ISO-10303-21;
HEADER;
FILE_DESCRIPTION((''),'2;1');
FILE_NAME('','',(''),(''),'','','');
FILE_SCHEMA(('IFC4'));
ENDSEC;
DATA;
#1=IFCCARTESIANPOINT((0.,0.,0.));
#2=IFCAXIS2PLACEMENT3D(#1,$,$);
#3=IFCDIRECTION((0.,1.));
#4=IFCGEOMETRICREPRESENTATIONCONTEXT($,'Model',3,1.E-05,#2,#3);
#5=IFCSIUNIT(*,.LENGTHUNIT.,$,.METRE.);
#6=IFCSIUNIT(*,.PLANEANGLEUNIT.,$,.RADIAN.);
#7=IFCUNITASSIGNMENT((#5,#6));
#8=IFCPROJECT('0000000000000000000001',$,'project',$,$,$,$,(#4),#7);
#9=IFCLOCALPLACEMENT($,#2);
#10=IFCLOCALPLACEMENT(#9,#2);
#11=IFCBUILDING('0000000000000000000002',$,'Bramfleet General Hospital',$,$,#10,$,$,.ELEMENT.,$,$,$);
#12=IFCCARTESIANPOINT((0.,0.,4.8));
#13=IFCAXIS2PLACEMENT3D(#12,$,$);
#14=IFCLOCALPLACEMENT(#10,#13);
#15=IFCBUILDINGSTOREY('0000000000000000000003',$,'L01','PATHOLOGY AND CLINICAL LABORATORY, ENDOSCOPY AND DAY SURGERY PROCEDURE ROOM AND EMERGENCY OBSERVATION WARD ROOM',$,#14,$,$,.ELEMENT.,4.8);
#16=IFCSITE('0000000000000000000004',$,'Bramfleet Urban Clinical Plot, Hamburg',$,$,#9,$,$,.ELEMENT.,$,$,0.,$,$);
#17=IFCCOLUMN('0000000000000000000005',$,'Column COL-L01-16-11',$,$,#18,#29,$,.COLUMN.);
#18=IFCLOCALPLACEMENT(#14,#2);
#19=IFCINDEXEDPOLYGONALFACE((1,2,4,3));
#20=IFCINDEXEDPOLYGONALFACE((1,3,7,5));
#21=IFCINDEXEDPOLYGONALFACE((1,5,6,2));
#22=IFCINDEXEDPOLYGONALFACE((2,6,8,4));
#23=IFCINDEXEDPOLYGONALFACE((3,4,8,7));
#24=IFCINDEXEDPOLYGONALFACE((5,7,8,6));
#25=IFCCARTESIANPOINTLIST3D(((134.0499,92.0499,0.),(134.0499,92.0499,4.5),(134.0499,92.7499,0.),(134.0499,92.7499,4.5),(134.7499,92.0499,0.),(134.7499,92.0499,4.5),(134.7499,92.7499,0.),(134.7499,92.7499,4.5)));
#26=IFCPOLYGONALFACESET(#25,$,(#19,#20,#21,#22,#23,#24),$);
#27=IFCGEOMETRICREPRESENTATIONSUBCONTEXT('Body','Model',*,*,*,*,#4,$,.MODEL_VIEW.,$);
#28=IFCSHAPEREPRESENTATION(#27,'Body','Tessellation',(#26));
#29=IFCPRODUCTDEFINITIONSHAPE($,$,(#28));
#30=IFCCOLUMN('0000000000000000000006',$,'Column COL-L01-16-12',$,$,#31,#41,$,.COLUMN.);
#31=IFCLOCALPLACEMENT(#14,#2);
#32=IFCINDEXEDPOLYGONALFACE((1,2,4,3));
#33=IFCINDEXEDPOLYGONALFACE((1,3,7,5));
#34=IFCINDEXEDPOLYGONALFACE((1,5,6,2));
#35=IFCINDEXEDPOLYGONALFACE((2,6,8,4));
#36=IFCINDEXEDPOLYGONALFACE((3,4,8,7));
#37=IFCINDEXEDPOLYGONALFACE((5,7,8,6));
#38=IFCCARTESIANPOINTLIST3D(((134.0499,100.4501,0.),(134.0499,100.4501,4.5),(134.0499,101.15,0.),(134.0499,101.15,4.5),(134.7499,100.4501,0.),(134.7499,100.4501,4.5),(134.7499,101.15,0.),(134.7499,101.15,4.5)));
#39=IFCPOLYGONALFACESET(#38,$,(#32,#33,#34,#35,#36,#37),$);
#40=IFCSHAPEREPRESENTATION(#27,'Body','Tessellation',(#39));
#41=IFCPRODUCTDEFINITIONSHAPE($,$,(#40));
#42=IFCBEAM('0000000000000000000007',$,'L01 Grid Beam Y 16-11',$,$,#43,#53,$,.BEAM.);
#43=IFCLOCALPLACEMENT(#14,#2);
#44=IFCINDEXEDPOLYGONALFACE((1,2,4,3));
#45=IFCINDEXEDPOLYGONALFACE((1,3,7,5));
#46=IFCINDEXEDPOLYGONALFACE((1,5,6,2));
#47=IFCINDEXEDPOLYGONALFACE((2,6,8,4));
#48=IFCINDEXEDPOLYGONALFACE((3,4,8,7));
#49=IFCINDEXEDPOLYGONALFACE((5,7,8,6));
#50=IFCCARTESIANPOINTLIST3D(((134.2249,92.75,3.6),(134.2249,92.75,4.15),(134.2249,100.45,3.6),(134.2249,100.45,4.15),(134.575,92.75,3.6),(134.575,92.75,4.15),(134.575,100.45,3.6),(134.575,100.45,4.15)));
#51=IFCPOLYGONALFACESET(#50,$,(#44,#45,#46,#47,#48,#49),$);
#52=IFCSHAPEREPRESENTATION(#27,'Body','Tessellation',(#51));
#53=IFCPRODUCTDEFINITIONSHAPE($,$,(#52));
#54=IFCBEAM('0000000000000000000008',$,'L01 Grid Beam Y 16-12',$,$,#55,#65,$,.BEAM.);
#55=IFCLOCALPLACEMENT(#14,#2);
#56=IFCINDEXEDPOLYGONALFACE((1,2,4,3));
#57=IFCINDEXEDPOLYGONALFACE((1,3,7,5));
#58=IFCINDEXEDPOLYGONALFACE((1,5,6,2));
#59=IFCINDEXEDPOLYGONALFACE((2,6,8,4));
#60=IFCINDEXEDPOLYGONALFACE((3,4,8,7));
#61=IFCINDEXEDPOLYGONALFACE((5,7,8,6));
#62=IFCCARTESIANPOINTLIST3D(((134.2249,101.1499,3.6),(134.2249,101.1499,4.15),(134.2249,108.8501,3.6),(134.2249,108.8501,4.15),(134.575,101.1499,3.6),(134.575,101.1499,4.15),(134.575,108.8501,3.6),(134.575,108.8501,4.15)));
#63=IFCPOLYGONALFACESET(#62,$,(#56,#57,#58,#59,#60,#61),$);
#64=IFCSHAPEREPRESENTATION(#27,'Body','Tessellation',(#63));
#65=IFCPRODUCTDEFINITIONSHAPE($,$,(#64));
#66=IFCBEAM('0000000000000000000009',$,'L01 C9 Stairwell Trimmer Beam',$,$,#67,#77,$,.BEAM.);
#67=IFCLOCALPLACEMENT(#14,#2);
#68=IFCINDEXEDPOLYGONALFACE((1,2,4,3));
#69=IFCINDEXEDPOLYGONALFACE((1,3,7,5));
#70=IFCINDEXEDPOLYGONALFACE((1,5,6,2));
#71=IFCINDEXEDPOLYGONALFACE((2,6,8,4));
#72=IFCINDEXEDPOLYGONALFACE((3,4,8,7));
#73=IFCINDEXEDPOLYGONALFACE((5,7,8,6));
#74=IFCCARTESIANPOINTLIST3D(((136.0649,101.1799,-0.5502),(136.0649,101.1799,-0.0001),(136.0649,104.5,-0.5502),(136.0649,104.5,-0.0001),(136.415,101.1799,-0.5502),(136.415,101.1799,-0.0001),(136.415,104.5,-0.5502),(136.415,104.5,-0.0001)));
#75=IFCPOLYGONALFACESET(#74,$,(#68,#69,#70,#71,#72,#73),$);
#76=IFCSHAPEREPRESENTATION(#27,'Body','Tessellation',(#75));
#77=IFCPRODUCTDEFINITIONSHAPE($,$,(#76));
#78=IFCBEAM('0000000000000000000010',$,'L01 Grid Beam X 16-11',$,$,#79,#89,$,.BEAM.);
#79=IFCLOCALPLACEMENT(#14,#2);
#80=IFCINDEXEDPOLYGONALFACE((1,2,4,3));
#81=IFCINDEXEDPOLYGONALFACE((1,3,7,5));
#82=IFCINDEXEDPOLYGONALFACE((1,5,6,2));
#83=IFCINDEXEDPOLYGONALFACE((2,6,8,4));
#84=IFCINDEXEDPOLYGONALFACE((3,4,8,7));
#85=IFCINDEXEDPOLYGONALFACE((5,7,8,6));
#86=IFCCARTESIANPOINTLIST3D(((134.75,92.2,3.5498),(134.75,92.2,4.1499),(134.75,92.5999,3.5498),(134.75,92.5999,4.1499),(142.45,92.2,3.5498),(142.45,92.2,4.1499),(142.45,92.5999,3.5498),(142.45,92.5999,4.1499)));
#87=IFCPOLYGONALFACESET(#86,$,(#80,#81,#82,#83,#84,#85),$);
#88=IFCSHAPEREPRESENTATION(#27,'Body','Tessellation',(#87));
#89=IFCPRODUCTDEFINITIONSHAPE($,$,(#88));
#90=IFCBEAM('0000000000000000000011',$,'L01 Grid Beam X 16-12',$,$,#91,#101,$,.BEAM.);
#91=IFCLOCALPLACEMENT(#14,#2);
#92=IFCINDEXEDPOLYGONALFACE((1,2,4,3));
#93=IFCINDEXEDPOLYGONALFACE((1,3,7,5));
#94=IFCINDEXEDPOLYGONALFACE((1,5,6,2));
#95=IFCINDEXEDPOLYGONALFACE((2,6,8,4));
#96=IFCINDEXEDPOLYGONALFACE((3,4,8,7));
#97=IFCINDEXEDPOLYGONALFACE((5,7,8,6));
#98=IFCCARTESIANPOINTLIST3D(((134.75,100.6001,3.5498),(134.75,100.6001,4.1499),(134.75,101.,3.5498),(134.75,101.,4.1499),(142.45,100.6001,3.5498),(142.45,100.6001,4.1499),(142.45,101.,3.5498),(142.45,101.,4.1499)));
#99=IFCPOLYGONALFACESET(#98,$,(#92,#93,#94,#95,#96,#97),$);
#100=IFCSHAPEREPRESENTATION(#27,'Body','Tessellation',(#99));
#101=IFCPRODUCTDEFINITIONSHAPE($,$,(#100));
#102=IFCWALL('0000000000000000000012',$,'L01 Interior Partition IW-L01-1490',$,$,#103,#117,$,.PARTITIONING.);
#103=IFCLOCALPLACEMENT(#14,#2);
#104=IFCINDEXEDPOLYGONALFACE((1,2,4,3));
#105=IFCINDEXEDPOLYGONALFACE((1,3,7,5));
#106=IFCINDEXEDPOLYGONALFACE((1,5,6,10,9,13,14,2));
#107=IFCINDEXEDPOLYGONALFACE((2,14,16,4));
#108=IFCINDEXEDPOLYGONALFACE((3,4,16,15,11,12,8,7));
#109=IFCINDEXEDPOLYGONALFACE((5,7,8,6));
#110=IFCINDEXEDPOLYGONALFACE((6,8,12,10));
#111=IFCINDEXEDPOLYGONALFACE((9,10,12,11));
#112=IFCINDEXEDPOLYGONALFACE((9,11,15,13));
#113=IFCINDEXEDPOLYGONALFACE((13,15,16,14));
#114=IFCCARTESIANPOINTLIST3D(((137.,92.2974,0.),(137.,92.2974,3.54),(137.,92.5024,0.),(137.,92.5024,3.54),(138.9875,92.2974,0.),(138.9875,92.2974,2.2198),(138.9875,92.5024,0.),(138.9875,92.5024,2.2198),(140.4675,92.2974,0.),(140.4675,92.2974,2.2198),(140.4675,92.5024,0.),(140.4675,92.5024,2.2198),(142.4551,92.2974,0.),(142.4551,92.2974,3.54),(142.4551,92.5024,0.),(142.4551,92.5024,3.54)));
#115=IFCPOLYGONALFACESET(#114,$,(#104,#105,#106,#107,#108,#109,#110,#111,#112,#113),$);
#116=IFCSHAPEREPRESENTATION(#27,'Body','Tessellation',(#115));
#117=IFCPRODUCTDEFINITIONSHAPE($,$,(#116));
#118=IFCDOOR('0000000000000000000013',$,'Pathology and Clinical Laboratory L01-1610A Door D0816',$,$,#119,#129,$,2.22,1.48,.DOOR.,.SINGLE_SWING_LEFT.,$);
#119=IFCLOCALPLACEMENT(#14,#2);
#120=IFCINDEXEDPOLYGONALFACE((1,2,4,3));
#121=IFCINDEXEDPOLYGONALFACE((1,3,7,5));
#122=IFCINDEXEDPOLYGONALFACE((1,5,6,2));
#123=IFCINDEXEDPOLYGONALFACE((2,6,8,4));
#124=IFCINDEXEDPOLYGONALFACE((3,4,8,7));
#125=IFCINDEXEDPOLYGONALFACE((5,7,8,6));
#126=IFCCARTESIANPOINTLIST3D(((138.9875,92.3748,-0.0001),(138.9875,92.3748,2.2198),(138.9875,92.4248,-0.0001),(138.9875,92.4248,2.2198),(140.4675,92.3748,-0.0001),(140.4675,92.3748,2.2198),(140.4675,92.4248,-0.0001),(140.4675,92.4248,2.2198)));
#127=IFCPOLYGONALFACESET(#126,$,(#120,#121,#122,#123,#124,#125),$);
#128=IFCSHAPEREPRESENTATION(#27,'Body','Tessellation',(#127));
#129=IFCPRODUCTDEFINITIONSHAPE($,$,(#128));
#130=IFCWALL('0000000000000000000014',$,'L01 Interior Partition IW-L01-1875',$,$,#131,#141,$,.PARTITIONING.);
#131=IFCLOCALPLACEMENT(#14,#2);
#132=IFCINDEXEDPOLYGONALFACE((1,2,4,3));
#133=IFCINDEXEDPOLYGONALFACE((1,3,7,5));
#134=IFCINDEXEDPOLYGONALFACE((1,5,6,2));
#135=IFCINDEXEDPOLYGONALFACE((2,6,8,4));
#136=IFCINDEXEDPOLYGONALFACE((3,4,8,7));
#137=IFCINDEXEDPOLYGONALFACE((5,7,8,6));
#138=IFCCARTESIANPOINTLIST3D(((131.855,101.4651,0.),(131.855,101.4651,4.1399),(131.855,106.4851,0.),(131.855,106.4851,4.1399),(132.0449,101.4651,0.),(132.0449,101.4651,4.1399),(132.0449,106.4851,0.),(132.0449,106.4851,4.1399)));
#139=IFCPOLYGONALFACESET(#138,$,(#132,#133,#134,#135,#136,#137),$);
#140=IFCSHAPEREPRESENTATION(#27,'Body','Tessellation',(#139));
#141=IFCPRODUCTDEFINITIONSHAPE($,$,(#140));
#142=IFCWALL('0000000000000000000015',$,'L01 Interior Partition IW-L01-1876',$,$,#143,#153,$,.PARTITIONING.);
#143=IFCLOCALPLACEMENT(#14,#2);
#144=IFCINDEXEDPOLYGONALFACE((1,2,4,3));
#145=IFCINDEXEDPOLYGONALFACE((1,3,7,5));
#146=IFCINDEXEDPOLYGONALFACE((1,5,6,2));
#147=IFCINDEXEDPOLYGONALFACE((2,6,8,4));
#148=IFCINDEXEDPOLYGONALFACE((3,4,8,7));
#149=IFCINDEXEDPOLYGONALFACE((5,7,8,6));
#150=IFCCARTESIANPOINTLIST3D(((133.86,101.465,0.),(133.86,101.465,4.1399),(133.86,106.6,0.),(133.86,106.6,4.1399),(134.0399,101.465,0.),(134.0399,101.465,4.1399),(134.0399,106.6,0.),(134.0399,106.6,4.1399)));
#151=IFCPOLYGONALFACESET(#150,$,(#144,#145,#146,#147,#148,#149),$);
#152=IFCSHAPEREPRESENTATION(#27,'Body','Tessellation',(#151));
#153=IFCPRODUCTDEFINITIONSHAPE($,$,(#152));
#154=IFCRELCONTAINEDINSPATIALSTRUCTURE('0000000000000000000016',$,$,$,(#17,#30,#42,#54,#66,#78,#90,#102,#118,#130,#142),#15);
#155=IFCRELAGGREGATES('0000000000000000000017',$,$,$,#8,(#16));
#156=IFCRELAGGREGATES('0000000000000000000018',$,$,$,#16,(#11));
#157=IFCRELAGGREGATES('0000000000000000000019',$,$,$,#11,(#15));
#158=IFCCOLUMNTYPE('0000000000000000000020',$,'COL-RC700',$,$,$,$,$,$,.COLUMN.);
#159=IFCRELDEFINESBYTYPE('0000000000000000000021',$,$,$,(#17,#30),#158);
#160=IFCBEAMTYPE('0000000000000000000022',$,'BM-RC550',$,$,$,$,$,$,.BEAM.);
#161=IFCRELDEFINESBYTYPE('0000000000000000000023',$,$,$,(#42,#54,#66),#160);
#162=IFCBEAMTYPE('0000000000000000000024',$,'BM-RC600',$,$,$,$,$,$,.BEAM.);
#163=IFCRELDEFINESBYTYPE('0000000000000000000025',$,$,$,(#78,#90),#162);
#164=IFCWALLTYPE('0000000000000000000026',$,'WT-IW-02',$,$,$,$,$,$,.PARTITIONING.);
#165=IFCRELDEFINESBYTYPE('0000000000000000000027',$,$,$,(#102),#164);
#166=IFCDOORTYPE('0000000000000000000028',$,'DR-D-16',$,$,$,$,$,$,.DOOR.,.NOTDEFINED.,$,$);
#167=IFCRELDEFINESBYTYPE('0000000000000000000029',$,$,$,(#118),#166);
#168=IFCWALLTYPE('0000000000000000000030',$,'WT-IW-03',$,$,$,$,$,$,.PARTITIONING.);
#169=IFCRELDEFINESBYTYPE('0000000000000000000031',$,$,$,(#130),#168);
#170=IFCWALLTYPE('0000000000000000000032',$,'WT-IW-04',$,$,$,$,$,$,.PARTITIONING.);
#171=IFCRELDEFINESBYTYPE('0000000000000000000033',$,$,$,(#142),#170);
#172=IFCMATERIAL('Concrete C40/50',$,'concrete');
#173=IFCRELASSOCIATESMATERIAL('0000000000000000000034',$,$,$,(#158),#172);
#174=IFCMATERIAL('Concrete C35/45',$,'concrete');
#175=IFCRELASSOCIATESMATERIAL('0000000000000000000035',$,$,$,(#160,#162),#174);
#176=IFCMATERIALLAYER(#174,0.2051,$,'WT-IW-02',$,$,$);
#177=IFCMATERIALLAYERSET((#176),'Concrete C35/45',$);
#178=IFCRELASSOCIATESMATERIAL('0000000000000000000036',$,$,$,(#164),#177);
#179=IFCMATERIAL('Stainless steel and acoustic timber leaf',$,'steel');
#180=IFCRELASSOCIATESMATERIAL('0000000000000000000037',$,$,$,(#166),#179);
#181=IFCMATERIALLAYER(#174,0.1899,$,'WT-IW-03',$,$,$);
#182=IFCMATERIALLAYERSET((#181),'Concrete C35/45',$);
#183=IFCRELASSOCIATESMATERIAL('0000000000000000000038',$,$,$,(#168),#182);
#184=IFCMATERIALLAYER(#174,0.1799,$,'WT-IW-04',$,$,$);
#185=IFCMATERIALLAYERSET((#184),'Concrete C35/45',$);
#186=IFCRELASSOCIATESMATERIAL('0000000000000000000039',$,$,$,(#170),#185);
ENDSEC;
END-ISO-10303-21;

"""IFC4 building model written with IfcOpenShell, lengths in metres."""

from ifc_helpers import new_model, si_unit, direction, frame, frame_2d, origin, origin_2d, place, context, subcontext, project, spatial, rectangle, extrude, material, layer, layer_set, material_profile, profile_set, type_object, element, fill, save


model = new_model("IFC4")

# Units and contexts
model_context = context("Model", 3, precision=1e-05, world=origin(), true_north=direction((0.0, 1.0)))
body_context = subcontext(model_context, "Body", "Model", "MODEL_VIEW")
ifc_project = project(units=[si_unit("LENGTHUNIT", "METRE"), si_unit("PLANEANGLEUNIT", "RADIAN")], contexts=[model_context])

# Site, building, storey
site_placement = place(None, origin())
site = spatial("IfcSite", under=ifc_project, at=site_placement, Name="Bramfleet Urban Clinical Plot, Hamburg", CompositionType="ELEMENT", RefElevation=0.0)
building_placement = place(site_placement, origin())
building = spatial("IfcBuilding", under=site, at=building_placement, Name="Bramfleet General Hospital", CompositionType="ELEMENT")
storey_placement = place(building_placement, frame((0.0, 0.0, 4.8)))
storey = spatial("IfcBuildingStorey", under=building, at=storey_placement, Name="L01", Description="PATHOLOGY AND CLINICAL LABORATORY, ENDOSCOPY AND DAY SURGERY PROCEDURE ROOM AND EMERGENCY OBSERVATION WARD ROOM", CompositionType="ELEMENT", Elevation=4.8)

# Columns
ifc_material_1 = material(Name="Concrete C40/50", Category="concrete")
ifc_material_profile_1 = material_profile(ifc_material_1, rectangle(XDim=0.7, YDim=0.7, at=origin_2d()), Name="RC COL 700x700")
ifc_profile_set_1 = profile_set([ifc_material_profile_1], Name="Concrete C40/50")
column_type = type_object("IfcColumnType", Name="COL-RC700", PredefinedType="COLUMN", material=ifc_profile_set_1)
for number, where, z_axis, x_axis, name in (
    (1, (134.3999, 92.3999, 0.0), (0.0, 0.0, 1.0), (1.0, 0.0, 0.0), "Column COL-L01-16-11"),
    (2, (134.3999, 100.8, 0.0), (0.0, 0.0, 1.0), (1.0, 0.0, 0.0), "Column COL-L01-16-12"),
):
    element("IfcColumn", number, at=place(storey_placement, frame(where, z_axis=z_axis, x_axis=x_axis)), inside=storey, type_object=column_type, Name=name, PredefinedType="COLUMN", context=body_context, shape_type="SweptSolid", body=[
        extrude(rectangle(XDim=0.7, YDim=0.7, at=origin_2d()), origin(), (0.0, 0.0, 1.0), 4.5),
    ])

# Beams
ifc_material_2 = material(Name="Concrete C35/45", Category="concrete")
ifc_material_profile_2 = material_profile(ifc_material_2, rectangle(XDim=0.3501, YDim=0.55, at=origin_2d()), Name="RC BM 550x350")
ifc_profile_set_2 = profile_set([ifc_material_profile_2], Name="Concrete C35/45")
beam_type_1 = type_object("IfcBeamType", Name="BM-RC550", PredefinedType="BEAM", material=ifc_profile_set_2)
beam_1_placement = place(storey_placement, frame((134.3999, 92.75, 3.875), z_axis=(0.0, 1.0, 0.0), x_axis=(-1.0, 0.0, 0.0)))
element("IfcBeam", 3, at=beam_1_placement, inside=storey, type_object=beam_type_1, Name="L01 Grid Beam Y 16-11", PredefinedType="BEAM", context=body_context, shape_type="SweptSolid", body=[
    extrude(rectangle(XDim=0.3501, YDim=0.55, at=origin_2d()), origin(), (0.0, 0.0, 1.0), 7.7),
])
beam_2_placement = place(storey_placement, frame((134.3999, 101.1499, 3.875), z_axis=(0.0, 1.0, 0.0), x_axis=(-1.0, 0.0, 0.0)))
element("IfcBeam", 4, at=beam_2_placement, inside=storey, type_object=beam_type_1, Name="L01 Grid Beam Y 16-12", PredefinedType="BEAM", context=body_context, shape_type="SweptSolid", body=[
    extrude(rectangle(XDim=0.3501, YDim=0.55, at=origin_2d()), origin(), (0.0, 0.0, 1.0), 7.7002),
])
beam_3_placement = place(storey_placement, frame((136.24, 101.1799, -0.2751), z_axis=(0.0, 1.0, 0.0), x_axis=(-1.0, 0.0, 0.0)))
element("IfcBeam", 5, at=beam_3_placement, inside=storey, type_object=beam_type_1, Name="L01 C9 Stairwell Trimmer Beam", PredefinedType="BEAM", context=body_context, shape_type="SweptSolid", body=[
    extrude(rectangle(XDim=0.3501, YDim=0.55, at=origin_2d()), origin(), (0.0, 0.0, 1.0), 3.3201),
])
ifc_material_profile_3 = material_profile(ifc_material_2, rectangle(XDim=0.3999, YDim=0.6001, at=origin_2d()), Name="RC BM 600x400")
ifc_profile_set_3 = profile_set([ifc_material_profile_3], Name="Concrete C35/45")
beam_type_2 = type_object("IfcBeamType", Name="BM-RC600", PredefinedType="BEAM", material=ifc_profile_set_3)
for number, where, z_axis, x_axis, name in (
    (6, (134.75, 92.3999, 3.8499), (1.0, 0.0, 0.0), (0.0, 1.0, 0.0), "L01 Grid Beam X 16-11"),
    (7, (134.75, 100.8, 3.8499), (1.0, 0.0, 0.0), (0.0, 1.0, 0.0), "L01 Grid Beam X 16-12"),
):
    element("IfcBeam", number, at=place(storey_placement, frame(where, z_axis=z_axis, x_axis=x_axis)), inside=storey, type_object=beam_type_2, Name=name, PredefinedType="BEAM", context=body_context, shape_type="SweptSolid", body=[
        extrude(rectangle(XDim=0.3999, YDim=0.6001, at=origin_2d()), origin(), (0.0, 0.0, 1.0), 7.7),
    ])

# Wall, opening, door
ifc_layer_1 = layer(ifc_material_2, 0.2051, Name="WT-IW-02")
ifc_layer_set_1 = layer_set([ifc_layer_1], Name="Concrete C35/45")
wall_type_1 = type_object("IfcWallType", Name="WT-IW-02", PredefinedType="PARTITIONING", material=ifc_layer_set_1)
wall_1_placement = place(storey_placement, frame((137.0, 92.3999, 0.0), z_axis=(0.0, 0.0, 1.0), x_axis=(1.0, 0.0, 0.0)))
wall_1 = element("IfcWall", 8, at=wall_1_placement, inside=storey, type_object=wall_type_1, Name="L01 Interior Partition IW-L01-1490", PredefinedType="PARTITIONING", context=body_context, shape_type="SweptSolid", body=[
    extrude(rectangle(XDim=5.4551, YDim=0.2051, at=frame_2d((2.7275, 0.0))), origin(), (0.0, 0.0, 1.0), 3.54),
])
opening_1_placement = place(wall_1_placement, frame((1.9875, 0.0, 0.0)))
opening_1 = element("IfcOpeningElement", 9, at=opening_1_placement, cuts=wall_1, PredefinedType="OPENING", context=body_context, shape_type="SweptSolid", body=[
    extrude(rectangle(XDim=1.48, YDim=2.22, at=frame_2d((0.74, 1.1099))), frame((0.0, 0.1125, 0.0), z_axis=(0.0, -1.0, 0.0), x_axis=(1.0, 0.0, 0.0)), (0.0, 0.0, 1.0), 0.2251),
])
ifc_material_3 = material(Name="Stainless steel and acoustic timber leaf", Category="steel")
door_type_1 = type_object("IfcDoorType", Name="DR-D-16", OperationType="NOTDEFINED", PredefinedType="DOOR", material=ifc_material_3)
door_1_placement = place(opening_1_placement, origin())
door_1 = element("IfcDoor", 10, at=door_1_placement, inside=storey, type_object=door_type_1, Name="Pathology and Clinical Laboratory L01-1610A Door D0816", OperationType="SINGLE_SWING_LEFT", OverallHeight=2.22, OverallWidth=1.48, PredefinedType="DOOR", context=body_context, shape_type="SweptSolid", body=[
    extrude(rectangle(XDim=1.48, YDim=2.22, at=frame_2d((0.74, 1.1099))), frame((0.0, 0.0249, 0.0), z_axis=(0.0, -1.0, 0.0), x_axis=(1.0, 0.0, 0.0)), (0.0, 0.0, 1.0), 0.05),
])
fill(opening_1, door_1)

# Walls
ifc_layer_2 = layer(ifc_material_2, 0.1899, Name="WT-IW-03")
ifc_layer_set_2 = layer_set([ifc_layer_2], Name="Concrete C35/45")
wall_type_2 = type_object("IfcWallType", Name="WT-IW-03", PredefinedType="PARTITIONING", material=ifc_layer_set_2)
wall_2_placement = place(storey_placement, frame((131.95, 101.4651, 0.0), z_axis=(0.0, 0.0, 1.0), x_axis=(0.0, 1.0, 0.0)))
element("IfcWall", 11, at=wall_2_placement, inside=storey, type_object=wall_type_2, Name="L01 Interior Partition IW-L01-1875", PredefinedType="PARTITIONING", context=body_context, shape_type="SweptSolid", body=[
    extrude(rectangle(XDim=5.02, YDim=0.1899, at=frame_2d((2.51, 0.0))), origin(), (0.0, 0.0, 1.0), 4.1399),
])
ifc_layer_3 = layer(ifc_material_2, 0.1799, Name="WT-IW-04")
ifc_layer_set_3 = layer_set([ifc_layer_3], Name="Concrete C35/45")
wall_type_3 = type_object("IfcWallType", Name="WT-IW-04", PredefinedType="PARTITIONING", material=ifc_layer_set_3)
wall_3_placement = place(storey_placement, frame((133.95, 101.4651, 0.0), z_axis=(0.0, 0.0, 1.0), x_axis=(0.0, 1.0, 0.0)))
element("IfcWall", 12, at=wall_3_placement, inside=storey, type_object=wall_type_3, Name="L01 Interior Partition IW-L01-1876", PredefinedType="PARTITIONING", context=body_context, shape_type="SweptSolid", body=[
    extrude(rectangle(XDim=5.135, YDim=0.1799, at=frame_2d((2.5674, 0.0))), origin(), (0.0, 0.0, 1.0), 4.1399),
])

save(model, "model.ifc")
